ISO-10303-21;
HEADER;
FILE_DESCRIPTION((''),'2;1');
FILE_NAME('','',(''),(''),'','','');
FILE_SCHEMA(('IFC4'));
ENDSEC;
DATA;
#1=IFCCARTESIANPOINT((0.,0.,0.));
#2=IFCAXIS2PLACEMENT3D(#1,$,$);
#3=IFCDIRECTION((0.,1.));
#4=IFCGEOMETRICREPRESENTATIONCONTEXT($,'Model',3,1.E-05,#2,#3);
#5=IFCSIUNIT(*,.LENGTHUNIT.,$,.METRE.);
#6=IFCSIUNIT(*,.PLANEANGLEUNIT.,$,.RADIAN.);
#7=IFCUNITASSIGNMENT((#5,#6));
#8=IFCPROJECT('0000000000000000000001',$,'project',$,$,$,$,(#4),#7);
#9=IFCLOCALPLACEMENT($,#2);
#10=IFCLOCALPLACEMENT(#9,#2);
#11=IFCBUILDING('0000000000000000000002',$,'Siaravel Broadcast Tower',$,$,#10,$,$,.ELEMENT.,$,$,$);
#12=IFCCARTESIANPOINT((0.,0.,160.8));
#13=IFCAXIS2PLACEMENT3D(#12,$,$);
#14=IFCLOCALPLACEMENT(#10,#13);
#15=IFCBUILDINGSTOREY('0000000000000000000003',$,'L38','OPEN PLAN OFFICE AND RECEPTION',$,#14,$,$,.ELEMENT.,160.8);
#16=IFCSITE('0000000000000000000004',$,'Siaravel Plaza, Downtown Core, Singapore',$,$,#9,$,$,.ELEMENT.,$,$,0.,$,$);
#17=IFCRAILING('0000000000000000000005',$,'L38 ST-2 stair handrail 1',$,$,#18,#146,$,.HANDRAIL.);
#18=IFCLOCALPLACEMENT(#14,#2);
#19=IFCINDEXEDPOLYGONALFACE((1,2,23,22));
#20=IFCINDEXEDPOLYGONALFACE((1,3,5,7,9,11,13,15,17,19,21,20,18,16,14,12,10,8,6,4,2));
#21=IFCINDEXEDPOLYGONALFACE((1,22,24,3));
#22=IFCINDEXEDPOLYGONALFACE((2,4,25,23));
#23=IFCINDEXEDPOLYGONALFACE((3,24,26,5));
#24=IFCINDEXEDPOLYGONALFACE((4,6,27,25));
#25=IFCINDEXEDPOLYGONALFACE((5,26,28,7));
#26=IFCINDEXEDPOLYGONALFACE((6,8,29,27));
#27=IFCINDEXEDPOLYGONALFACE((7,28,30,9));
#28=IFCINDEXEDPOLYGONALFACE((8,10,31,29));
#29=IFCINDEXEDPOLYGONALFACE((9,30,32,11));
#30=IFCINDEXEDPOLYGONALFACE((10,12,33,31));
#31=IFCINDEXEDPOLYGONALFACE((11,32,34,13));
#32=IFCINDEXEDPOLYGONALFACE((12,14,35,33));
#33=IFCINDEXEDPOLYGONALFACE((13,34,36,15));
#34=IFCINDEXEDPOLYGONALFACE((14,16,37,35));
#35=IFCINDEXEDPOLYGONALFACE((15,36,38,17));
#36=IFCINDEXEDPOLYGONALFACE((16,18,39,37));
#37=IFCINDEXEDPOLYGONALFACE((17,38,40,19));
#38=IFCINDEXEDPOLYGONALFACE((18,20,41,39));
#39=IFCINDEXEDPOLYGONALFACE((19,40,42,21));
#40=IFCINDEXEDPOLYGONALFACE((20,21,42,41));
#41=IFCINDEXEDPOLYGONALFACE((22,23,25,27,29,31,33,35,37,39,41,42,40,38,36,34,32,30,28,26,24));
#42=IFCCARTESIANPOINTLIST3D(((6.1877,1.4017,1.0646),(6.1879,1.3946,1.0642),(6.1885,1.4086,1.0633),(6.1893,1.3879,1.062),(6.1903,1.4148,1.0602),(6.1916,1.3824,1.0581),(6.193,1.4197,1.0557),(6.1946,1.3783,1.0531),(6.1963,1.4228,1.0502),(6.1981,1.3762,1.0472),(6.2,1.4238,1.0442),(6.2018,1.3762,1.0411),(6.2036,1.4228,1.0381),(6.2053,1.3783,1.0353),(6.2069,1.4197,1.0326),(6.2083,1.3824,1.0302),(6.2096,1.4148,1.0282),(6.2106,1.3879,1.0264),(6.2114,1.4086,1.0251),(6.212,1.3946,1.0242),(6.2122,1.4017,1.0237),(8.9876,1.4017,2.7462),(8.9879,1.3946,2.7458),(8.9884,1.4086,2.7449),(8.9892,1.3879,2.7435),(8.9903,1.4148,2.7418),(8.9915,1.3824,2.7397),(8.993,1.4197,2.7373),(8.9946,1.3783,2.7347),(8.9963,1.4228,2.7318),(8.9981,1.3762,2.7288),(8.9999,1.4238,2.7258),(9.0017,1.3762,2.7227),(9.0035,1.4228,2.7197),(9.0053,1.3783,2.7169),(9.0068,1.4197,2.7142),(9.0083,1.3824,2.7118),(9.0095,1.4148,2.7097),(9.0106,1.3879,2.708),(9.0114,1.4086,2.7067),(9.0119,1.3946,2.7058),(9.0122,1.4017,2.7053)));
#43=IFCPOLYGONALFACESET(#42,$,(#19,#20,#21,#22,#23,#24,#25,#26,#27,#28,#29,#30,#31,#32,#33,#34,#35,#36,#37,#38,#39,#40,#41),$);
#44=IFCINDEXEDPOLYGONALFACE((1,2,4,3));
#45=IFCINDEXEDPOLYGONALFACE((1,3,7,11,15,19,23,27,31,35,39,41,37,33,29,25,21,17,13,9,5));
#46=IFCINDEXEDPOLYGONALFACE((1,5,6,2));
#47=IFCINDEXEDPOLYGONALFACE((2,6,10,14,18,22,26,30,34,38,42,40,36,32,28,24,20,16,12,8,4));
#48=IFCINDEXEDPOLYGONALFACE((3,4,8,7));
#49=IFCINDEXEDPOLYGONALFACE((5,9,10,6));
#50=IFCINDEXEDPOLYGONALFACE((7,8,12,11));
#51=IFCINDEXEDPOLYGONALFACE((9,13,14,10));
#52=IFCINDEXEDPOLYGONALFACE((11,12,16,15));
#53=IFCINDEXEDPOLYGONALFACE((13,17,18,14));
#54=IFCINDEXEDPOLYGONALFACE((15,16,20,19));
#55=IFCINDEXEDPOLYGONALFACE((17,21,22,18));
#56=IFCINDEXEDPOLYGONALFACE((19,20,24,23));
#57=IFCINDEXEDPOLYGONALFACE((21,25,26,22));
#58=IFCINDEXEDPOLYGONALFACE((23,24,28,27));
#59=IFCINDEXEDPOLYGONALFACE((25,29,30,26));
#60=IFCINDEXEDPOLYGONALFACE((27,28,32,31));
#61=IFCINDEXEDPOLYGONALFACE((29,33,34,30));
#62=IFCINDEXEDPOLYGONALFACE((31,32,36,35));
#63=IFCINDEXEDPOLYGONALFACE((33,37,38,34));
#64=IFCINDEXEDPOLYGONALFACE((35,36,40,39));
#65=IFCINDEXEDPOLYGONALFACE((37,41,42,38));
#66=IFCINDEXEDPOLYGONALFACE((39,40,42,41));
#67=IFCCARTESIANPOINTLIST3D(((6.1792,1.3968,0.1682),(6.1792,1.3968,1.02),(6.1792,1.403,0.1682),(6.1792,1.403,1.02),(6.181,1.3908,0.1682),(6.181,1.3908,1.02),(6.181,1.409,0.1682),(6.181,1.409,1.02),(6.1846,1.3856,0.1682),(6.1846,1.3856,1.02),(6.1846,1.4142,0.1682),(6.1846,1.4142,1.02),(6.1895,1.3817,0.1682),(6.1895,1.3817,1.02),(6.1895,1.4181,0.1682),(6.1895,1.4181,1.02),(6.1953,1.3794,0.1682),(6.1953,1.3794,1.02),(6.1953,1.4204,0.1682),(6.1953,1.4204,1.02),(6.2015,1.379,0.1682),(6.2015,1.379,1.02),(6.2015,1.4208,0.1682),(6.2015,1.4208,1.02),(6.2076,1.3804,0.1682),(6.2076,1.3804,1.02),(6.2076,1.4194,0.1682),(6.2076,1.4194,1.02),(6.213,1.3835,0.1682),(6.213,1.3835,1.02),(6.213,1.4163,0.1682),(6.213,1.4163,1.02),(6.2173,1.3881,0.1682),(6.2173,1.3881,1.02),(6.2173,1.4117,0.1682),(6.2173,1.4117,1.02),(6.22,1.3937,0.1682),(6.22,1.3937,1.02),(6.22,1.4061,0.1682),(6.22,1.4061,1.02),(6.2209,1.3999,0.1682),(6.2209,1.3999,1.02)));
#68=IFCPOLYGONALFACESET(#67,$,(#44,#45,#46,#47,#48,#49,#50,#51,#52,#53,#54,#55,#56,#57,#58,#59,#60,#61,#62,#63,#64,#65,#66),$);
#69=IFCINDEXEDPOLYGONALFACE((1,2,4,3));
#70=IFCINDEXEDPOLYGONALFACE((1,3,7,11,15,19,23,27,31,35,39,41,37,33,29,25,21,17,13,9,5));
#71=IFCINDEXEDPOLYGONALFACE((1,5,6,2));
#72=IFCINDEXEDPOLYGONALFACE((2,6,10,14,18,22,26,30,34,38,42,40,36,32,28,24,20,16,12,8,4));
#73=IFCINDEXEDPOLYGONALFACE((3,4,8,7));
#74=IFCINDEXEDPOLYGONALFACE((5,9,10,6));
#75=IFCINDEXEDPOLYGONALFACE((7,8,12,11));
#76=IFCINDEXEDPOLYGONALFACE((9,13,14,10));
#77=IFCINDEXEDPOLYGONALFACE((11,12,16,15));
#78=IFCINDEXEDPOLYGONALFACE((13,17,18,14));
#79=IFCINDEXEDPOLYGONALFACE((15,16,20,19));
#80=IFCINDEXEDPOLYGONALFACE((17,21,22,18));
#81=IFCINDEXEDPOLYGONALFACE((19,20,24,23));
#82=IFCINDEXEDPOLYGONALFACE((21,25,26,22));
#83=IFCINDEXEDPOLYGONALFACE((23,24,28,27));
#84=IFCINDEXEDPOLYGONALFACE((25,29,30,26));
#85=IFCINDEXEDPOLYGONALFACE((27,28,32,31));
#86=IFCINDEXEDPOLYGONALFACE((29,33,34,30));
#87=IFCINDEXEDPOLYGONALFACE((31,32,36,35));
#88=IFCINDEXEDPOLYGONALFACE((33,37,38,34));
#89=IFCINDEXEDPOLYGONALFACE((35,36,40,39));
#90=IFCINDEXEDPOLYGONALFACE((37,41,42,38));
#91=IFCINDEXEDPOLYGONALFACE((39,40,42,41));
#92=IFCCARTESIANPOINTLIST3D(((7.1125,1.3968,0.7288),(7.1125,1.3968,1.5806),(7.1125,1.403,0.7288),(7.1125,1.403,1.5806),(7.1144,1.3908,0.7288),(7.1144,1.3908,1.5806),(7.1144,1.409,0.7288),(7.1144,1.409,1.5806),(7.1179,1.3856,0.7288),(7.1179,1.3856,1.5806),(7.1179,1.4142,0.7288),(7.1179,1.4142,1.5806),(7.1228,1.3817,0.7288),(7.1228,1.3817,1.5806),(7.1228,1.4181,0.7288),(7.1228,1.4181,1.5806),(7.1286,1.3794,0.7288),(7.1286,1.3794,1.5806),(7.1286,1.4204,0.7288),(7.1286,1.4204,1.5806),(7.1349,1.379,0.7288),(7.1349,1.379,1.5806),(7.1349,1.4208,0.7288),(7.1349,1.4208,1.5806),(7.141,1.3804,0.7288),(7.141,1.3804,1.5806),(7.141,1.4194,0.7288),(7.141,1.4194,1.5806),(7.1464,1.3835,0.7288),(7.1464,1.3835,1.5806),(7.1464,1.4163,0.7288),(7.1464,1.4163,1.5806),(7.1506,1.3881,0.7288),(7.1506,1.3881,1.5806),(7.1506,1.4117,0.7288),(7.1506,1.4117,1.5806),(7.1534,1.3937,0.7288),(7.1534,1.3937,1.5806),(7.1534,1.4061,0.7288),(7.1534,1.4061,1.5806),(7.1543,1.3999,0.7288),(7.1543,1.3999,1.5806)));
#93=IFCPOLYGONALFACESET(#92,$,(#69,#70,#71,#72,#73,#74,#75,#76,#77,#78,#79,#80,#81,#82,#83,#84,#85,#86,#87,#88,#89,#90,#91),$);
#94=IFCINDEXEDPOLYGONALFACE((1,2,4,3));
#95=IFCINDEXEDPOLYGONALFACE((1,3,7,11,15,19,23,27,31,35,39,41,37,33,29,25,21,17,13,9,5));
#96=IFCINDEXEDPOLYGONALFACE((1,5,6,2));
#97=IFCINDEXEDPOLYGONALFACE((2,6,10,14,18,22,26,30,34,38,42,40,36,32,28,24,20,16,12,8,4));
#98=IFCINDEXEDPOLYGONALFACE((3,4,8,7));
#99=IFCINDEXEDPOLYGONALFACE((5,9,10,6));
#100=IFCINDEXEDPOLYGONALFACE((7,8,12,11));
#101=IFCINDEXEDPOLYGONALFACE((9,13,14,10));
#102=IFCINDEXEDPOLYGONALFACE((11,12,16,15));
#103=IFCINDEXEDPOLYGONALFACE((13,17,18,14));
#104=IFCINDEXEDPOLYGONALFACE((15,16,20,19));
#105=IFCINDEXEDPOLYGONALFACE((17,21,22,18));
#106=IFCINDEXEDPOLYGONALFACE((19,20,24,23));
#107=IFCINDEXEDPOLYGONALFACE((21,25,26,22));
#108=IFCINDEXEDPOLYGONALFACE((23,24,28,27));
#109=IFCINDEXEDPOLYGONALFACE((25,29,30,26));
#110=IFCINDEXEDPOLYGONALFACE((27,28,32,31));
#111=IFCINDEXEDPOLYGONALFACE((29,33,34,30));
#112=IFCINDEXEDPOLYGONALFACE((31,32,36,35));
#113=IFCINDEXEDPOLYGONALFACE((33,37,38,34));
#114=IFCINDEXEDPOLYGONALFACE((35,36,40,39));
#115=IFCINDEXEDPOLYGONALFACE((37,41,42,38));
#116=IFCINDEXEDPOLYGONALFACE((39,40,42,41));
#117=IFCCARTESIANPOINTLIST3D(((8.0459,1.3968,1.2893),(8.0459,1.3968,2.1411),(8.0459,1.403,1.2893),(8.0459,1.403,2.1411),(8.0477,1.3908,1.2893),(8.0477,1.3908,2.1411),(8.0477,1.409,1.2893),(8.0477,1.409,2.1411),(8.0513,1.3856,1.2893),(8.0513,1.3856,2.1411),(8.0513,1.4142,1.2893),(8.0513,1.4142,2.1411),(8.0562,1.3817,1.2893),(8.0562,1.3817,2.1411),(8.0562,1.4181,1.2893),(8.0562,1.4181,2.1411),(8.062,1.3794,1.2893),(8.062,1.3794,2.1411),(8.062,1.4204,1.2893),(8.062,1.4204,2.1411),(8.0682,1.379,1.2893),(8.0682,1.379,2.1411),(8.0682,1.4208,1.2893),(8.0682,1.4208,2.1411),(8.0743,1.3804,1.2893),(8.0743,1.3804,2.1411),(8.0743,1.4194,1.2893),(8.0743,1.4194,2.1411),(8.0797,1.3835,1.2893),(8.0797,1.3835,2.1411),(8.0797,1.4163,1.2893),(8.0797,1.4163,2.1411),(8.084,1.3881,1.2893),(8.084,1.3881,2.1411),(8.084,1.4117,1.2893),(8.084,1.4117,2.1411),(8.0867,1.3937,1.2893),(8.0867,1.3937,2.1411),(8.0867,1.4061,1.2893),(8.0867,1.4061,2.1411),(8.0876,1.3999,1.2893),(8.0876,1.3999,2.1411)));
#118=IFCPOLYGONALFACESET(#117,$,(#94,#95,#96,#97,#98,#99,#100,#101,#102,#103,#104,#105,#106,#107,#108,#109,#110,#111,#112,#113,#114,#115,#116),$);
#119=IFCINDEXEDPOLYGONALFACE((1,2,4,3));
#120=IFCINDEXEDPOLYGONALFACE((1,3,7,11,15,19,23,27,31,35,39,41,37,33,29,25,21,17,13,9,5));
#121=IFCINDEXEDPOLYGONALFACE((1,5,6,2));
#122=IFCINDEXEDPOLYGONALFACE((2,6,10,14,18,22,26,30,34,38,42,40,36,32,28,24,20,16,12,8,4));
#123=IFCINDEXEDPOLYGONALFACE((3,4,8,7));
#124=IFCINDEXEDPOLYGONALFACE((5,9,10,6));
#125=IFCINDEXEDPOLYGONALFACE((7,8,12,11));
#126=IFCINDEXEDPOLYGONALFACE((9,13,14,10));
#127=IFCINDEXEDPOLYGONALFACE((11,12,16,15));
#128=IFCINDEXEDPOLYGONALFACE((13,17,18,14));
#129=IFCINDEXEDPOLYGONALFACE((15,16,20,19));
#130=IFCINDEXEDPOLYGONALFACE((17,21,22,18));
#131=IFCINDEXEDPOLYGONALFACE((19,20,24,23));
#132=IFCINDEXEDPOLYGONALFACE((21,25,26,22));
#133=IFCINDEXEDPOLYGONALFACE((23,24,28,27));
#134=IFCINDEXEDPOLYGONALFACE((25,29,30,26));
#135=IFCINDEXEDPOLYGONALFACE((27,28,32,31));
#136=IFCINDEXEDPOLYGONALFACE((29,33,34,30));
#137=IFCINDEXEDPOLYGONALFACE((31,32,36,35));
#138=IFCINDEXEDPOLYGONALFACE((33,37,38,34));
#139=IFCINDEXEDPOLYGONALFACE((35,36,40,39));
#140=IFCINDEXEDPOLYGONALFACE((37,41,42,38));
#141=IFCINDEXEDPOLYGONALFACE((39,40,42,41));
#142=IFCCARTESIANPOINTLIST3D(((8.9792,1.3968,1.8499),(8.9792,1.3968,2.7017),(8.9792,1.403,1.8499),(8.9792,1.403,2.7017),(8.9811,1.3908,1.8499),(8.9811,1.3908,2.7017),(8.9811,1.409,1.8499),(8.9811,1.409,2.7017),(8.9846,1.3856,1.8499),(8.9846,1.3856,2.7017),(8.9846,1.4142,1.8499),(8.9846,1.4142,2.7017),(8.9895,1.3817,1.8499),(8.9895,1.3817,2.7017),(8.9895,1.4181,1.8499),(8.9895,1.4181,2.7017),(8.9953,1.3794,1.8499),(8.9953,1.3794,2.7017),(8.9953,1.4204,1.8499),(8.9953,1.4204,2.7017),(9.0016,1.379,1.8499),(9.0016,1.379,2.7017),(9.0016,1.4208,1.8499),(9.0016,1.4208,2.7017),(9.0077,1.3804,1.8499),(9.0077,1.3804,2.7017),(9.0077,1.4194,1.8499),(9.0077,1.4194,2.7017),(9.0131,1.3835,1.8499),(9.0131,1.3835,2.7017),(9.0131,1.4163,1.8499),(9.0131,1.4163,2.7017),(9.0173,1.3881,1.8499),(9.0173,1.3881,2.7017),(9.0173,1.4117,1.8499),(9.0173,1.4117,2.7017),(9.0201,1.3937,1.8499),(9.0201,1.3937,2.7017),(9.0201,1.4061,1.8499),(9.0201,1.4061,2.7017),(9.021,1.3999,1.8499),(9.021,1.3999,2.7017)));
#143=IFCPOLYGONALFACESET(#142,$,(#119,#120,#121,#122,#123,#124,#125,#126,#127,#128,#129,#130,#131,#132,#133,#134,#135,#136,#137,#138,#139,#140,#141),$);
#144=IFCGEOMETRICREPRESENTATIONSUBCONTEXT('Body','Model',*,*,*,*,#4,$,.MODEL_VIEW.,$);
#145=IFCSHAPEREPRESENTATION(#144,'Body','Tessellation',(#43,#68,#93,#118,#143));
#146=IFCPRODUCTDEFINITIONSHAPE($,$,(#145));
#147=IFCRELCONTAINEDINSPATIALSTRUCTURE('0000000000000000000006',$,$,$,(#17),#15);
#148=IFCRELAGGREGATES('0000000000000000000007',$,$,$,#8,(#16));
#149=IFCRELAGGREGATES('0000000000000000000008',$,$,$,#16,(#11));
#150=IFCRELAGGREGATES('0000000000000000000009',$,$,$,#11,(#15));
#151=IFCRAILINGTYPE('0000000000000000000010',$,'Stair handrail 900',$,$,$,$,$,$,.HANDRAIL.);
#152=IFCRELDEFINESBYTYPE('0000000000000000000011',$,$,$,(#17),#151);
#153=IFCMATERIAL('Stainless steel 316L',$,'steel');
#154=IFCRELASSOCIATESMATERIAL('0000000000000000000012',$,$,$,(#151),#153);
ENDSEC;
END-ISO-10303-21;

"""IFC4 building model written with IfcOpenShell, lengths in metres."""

from ifc_helpers import new_model, si_unit, direction, frame, origin, origin_2d, place, context, subcontext, project, spatial, circle, extrude, material, type_object, element, save


model = new_model("IFC4")

# Units and contexts
model_context = context("Model", 3, precision=1e-05, world=origin(), true_north=direction((0.0, 1.0)))
body_context = subcontext(model_context, "Body", "Model", "MODEL_VIEW")
ifc_project = project(units=[si_unit("LENGTHUNIT", "METRE"), si_unit("PLANEANGLEUNIT", "RADIAN")], contexts=[model_context])

# Site, building, storey
site_placement = place(None, origin())
site = spatial("IfcSite", under=ifc_project, at=site_placement, Name="Siaravel Plaza, Downtown Core, Singapore", CompositionType="ELEMENT", RefElevation=0.0)
building_placement = place(site_placement, origin())
building = spatial("IfcBuilding", under=site, at=building_placement, Name="Siaravel Broadcast Tower", CompositionType="ELEMENT")
storey_placement = place(building_placement, frame((0.0, 0.0, 160.8)))
storey = spatial("IfcBuildingStorey", under=building, at=storey_placement, Name="L38", Description="OPEN PLAN OFFICE AND RECEPTION", CompositionType="ELEMENT", Elevation=160.8)

# Railing
ifc_material_1 = material(Name="Stainless steel 316L", Category="steel")
railing_type_1 = type_object("IfcRailingType", Name="Stair handrail 900", PredefinedType="HANDRAIL", material=ifc_material_1)
railing_1_placement = place(storey_placement, frame((6.2, 1.3999, 0.1682)))
element("IfcRailing", 1, at=railing_1_placement, inside=storey, type_object=railing_type_1, Name="L38 ST-2 stair handrail 1", PredefinedType="HANDRAIL", context=body_context, shape_type="SweptSolid", body=[
    extrude(circle(Radius=0.0239, at=origin_2d()), frame((0.0, 0.0, 0.876), z_axis=(0.857275, 0.0, 0.514858), x_axis=(0.0, 1.0, 0.0)), (0.0, 0.0, 1.0), 3.2661),
    extrude(circle(Radius=0.021, at=origin_2d()), origin(), (0.0, 0.0, 1.0), 0.8518),
    extrude(circle(Radius=0.021, at=origin_2d()), frame((0.9333, 0.0, 0.5605)), (0.0, 0.0, 1.0), 0.8518),
    extrude(circle(Radius=0.021, at=origin_2d()), frame((1.8667, 0.0, 1.1211)), (0.0, 0.0, 1.0), 0.8518),
    extrude(circle(Radius=0.021, at=origin_2d()), frame((2.8, 0.0, 1.6816)), (0.0, 0.0, 1.0), 0.8518),
])

save(model, "model.ifc")
